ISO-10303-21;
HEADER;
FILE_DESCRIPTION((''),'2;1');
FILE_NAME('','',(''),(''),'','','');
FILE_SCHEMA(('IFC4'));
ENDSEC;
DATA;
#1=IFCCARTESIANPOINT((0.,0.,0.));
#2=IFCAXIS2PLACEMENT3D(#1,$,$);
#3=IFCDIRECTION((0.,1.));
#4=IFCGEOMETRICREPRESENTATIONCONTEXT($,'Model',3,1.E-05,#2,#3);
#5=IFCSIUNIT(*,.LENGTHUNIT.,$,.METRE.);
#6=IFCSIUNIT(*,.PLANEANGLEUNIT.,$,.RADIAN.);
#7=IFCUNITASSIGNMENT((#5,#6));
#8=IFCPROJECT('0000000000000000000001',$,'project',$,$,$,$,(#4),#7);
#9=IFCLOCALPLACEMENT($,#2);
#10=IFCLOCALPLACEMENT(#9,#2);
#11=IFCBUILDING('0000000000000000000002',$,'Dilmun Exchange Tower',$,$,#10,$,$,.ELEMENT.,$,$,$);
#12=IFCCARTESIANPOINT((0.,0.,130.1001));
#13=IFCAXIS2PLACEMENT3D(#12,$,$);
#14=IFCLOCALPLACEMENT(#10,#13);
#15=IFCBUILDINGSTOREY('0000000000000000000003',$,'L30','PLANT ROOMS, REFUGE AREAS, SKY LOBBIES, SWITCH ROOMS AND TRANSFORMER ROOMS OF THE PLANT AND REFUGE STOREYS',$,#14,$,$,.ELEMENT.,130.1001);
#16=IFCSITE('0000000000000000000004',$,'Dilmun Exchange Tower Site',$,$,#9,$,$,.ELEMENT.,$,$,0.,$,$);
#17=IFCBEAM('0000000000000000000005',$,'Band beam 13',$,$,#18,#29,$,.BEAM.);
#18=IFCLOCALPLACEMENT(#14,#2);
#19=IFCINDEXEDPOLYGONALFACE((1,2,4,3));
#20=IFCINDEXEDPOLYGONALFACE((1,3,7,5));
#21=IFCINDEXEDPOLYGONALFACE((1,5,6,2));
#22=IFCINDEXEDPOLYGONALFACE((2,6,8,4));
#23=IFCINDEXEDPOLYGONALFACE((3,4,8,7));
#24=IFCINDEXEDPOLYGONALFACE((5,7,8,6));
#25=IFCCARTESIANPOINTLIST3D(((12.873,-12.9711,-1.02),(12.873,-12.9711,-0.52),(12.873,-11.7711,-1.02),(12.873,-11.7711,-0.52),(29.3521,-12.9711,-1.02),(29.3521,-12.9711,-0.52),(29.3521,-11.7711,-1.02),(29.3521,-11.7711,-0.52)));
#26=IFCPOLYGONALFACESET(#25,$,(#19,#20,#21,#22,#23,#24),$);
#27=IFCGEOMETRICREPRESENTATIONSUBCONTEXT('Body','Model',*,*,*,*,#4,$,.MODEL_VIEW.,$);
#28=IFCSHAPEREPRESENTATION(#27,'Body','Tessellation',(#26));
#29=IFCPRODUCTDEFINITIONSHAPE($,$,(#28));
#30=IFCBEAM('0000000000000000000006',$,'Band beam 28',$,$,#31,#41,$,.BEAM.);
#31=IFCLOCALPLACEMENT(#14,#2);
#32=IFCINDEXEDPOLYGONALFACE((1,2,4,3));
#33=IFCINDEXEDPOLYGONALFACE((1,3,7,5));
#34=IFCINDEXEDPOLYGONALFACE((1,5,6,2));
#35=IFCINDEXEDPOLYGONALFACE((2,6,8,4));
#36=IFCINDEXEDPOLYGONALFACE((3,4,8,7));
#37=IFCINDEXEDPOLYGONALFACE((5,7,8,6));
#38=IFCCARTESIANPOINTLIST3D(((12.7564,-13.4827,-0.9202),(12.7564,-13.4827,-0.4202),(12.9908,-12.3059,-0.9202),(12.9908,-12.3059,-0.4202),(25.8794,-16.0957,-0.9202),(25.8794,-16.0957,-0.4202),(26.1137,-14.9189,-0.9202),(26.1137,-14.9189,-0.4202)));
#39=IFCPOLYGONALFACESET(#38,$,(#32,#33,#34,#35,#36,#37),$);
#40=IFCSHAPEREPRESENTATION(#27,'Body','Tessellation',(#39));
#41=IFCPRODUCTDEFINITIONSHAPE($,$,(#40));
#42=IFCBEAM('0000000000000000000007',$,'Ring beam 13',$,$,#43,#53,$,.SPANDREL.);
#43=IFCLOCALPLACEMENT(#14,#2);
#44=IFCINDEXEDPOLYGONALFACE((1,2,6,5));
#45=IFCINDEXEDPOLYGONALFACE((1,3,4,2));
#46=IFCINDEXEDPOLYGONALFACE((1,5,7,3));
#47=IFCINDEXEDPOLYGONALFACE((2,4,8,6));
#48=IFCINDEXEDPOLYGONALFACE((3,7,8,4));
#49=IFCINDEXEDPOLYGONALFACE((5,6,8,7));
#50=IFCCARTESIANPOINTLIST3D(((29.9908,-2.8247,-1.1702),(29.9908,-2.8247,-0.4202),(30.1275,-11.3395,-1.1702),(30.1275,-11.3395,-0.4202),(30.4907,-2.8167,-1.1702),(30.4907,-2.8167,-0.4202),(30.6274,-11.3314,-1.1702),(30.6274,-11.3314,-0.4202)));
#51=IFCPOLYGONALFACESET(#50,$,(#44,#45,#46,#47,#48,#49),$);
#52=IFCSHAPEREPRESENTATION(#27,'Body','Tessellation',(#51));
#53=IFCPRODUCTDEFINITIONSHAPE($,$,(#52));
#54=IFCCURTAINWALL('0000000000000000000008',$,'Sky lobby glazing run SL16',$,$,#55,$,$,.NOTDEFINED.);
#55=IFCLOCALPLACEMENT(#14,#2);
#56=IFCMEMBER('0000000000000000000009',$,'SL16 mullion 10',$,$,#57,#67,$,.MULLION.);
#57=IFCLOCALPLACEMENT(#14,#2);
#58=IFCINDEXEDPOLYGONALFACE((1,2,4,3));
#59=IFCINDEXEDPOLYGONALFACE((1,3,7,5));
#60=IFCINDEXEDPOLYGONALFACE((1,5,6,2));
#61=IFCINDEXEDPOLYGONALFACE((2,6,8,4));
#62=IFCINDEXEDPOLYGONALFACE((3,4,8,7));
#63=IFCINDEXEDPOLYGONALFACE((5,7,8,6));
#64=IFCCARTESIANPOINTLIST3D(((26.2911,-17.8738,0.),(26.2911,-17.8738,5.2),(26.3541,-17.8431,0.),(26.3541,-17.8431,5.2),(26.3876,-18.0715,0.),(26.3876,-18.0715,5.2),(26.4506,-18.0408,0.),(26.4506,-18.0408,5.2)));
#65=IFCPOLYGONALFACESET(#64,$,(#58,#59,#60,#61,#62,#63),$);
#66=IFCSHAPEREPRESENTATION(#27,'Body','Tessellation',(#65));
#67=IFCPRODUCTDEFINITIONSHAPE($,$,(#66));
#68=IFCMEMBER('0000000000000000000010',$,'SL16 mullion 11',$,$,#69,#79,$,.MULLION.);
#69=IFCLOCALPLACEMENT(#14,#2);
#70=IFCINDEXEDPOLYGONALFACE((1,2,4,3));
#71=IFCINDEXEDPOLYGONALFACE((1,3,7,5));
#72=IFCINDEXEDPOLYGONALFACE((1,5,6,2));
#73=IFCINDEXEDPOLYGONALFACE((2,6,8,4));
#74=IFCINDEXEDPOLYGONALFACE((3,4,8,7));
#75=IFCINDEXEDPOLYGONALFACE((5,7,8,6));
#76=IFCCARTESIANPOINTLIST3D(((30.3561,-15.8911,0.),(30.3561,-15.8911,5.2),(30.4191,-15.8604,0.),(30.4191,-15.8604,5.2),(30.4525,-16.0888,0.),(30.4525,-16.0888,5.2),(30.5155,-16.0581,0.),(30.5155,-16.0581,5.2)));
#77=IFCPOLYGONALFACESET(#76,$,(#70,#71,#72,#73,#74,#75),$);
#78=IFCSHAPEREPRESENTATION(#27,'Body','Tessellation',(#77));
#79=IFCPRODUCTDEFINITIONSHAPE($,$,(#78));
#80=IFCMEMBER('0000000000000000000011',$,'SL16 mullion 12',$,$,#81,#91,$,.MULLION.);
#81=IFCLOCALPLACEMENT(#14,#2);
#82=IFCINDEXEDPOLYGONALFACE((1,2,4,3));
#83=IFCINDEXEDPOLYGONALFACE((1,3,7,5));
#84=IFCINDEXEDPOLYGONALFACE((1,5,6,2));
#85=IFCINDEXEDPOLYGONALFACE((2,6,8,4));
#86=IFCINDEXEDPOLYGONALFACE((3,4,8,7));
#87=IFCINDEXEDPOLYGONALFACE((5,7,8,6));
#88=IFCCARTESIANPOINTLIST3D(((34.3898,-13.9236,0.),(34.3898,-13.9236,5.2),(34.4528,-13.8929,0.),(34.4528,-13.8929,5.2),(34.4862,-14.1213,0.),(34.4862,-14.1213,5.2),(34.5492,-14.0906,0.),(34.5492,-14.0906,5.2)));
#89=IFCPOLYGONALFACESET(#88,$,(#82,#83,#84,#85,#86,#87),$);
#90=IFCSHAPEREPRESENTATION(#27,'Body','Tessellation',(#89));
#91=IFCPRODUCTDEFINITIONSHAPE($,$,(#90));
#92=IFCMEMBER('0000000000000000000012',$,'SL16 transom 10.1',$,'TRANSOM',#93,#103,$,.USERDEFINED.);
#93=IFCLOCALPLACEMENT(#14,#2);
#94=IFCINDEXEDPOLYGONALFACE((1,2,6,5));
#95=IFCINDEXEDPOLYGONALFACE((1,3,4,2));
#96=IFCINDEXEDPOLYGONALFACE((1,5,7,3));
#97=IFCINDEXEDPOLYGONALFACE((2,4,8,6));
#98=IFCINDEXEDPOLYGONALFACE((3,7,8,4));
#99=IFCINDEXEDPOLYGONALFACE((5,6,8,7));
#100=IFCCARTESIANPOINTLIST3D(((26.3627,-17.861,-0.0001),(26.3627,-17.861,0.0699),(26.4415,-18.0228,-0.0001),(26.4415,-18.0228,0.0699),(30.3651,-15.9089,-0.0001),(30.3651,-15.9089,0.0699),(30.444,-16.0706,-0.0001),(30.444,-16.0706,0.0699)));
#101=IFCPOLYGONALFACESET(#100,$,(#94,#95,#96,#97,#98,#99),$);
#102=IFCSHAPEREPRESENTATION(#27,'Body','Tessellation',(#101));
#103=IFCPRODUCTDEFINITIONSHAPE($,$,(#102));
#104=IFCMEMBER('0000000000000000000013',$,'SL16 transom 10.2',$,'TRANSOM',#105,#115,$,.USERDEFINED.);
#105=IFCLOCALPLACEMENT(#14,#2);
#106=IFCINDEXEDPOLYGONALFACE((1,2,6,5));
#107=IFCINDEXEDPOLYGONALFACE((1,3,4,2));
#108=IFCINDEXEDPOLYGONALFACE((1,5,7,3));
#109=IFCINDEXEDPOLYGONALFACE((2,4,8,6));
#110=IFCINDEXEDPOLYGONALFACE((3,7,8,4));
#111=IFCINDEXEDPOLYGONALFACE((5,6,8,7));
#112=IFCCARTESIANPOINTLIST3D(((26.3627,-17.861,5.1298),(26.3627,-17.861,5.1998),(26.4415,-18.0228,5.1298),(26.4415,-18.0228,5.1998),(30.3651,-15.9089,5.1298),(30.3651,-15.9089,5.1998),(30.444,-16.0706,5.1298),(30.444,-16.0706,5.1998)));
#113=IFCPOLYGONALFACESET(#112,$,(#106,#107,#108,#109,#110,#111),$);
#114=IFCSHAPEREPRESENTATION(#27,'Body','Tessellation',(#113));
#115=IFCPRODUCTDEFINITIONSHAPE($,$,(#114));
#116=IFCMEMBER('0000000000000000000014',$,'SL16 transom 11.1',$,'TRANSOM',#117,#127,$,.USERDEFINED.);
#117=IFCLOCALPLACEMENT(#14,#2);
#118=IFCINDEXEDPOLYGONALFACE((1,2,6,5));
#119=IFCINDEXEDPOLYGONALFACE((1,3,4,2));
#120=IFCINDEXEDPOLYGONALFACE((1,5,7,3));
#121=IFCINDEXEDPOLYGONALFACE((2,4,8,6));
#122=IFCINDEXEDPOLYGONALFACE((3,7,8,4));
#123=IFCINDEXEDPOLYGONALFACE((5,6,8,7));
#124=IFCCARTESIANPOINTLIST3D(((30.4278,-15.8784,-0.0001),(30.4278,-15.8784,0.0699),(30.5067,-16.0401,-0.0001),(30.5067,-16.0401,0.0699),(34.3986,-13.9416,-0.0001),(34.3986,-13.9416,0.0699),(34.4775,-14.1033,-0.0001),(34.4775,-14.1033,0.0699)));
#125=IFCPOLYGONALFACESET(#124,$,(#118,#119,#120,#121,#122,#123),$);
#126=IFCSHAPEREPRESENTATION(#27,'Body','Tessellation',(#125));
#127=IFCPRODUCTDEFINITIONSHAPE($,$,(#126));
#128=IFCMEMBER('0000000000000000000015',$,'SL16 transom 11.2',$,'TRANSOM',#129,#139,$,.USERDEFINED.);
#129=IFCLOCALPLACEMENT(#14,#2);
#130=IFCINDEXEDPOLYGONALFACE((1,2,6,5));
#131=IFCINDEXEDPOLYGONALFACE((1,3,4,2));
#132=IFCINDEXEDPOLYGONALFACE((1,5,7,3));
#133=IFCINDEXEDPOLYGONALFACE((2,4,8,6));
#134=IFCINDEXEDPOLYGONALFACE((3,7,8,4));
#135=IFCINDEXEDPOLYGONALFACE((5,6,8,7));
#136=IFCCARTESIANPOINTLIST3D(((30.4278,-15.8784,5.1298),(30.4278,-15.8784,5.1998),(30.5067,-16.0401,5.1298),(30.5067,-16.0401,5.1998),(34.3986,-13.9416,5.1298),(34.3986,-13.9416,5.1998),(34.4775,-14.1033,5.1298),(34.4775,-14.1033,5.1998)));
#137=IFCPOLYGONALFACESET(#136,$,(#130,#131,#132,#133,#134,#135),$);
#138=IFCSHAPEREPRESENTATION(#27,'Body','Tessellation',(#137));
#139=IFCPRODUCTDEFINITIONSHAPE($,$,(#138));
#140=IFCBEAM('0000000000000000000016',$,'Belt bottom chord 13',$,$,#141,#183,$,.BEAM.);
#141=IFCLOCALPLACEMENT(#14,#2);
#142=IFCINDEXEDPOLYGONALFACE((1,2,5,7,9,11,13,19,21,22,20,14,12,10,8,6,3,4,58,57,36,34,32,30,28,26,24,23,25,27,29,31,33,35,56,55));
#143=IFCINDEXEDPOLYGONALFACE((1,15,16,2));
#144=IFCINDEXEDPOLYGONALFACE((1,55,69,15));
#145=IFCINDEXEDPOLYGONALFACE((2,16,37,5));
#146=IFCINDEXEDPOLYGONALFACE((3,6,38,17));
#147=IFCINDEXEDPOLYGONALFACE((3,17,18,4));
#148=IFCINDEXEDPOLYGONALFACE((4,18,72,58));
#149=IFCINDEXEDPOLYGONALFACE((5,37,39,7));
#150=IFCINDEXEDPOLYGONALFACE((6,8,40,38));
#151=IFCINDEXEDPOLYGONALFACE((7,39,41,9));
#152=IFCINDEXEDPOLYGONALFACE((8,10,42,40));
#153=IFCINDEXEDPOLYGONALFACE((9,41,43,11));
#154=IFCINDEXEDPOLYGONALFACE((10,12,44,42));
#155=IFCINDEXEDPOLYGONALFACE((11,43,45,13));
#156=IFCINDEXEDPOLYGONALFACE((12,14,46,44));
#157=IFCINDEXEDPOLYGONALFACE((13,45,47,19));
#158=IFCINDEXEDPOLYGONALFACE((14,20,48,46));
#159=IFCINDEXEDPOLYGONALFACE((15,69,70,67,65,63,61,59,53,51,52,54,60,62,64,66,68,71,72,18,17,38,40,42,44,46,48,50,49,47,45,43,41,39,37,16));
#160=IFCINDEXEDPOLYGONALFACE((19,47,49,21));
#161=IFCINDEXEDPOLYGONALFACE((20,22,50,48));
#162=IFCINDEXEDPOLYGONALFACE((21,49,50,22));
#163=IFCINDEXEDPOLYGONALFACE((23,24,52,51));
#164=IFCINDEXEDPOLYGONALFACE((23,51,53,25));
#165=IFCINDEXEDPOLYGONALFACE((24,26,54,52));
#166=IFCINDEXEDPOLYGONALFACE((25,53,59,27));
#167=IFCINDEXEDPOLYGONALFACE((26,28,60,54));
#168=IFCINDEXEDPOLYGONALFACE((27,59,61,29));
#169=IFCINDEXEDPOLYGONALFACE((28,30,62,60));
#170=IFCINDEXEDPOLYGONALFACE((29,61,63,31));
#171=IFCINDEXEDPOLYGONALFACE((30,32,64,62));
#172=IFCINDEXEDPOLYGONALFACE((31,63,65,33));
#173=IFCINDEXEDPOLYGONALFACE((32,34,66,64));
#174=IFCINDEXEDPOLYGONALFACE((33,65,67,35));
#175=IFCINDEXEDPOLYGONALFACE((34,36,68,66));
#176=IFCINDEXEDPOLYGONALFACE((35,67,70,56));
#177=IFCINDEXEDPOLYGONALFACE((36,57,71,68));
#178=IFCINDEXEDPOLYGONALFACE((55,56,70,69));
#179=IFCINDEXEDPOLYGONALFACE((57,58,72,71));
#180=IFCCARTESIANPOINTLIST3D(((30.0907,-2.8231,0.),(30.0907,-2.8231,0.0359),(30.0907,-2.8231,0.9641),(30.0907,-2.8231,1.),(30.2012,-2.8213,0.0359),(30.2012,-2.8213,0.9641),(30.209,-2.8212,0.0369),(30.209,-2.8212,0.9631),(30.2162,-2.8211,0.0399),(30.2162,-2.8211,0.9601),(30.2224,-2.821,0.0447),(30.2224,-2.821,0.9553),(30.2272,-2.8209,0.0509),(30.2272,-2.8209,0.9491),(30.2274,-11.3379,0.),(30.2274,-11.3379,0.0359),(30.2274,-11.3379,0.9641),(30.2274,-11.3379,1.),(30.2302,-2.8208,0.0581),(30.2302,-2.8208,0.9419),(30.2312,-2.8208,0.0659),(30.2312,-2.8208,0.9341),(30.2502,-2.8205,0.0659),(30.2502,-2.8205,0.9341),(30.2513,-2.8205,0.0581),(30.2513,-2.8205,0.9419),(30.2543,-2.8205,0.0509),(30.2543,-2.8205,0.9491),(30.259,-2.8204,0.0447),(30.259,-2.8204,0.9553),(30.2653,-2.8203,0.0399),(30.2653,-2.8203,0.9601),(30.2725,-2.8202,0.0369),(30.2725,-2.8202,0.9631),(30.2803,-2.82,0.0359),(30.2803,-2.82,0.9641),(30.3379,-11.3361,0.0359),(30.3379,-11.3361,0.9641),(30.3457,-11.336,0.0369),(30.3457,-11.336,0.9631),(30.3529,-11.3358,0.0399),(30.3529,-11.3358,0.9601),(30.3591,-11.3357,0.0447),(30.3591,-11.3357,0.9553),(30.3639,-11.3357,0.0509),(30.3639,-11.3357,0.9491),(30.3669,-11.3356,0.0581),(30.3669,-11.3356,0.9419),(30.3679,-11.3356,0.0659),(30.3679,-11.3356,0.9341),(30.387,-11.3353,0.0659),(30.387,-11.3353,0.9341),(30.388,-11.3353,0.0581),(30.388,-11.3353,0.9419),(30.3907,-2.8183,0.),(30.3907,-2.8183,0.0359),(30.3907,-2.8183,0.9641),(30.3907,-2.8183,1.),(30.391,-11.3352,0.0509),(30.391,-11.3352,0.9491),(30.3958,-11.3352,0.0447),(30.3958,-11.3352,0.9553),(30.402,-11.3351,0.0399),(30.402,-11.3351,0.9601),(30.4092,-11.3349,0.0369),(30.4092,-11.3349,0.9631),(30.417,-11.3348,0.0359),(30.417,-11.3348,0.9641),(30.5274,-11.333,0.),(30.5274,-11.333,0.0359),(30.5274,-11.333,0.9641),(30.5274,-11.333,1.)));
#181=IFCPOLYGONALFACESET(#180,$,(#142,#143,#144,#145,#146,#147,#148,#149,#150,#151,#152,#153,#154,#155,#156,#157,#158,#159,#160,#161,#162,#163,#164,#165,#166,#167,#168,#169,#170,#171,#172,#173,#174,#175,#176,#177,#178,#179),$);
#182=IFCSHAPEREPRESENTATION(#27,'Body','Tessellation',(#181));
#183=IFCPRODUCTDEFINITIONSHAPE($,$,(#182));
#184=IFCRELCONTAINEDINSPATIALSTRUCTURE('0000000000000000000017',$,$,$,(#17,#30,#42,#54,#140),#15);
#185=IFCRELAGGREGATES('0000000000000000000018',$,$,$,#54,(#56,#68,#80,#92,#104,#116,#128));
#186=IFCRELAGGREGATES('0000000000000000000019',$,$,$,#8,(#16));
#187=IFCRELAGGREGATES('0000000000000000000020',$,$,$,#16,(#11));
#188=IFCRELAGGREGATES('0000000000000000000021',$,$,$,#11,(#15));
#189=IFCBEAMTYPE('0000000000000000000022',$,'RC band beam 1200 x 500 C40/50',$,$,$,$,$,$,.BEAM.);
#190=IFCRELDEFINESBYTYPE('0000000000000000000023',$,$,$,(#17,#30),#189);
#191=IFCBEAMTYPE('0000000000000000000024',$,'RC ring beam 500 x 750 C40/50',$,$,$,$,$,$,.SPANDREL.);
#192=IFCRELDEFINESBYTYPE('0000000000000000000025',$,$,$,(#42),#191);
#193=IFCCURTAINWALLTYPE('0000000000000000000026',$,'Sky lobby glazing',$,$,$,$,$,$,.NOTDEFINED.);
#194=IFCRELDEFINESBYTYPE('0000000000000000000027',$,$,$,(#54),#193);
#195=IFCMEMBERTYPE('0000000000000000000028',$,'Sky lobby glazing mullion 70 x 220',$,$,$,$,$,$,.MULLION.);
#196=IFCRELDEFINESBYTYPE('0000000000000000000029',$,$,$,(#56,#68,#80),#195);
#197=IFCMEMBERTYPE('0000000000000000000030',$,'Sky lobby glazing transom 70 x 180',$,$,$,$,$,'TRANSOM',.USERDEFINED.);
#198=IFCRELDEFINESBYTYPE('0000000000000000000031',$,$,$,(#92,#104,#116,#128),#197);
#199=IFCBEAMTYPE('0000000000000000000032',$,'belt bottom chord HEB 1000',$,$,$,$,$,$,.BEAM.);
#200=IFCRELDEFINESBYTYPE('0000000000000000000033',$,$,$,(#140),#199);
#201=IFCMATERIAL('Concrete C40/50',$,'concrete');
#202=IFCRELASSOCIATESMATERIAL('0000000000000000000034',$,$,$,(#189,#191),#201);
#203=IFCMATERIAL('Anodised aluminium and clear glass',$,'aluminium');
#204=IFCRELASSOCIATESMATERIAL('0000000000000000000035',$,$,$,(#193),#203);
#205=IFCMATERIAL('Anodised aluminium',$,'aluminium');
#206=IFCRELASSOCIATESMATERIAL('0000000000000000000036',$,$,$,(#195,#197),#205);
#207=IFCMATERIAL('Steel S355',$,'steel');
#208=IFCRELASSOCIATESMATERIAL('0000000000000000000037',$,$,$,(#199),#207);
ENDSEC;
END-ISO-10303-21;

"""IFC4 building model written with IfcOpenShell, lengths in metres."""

from ifc_helpers import new_model, si_unit, direction, frame, origin, origin_2d, place, context, subcontext, project, spatial, rectangle, i_section, extrude, material, material_profile, profile_set, type_object, element, aggregate, save


model = new_model("IFC4")

# Units and contexts
model_context = context("Model", 3, precision=1e-05, world=origin(), true_north=direction((0.0, 1.0)))
body_context = subcontext(model_context, "Body", "Model", "MODEL_VIEW")
ifc_project = project(units=[si_unit("LENGTHUNIT", "METRE"), si_unit("PLANEANGLEUNIT", "RADIAN")], contexts=[model_context])

# Site, building, storey
site_placement = place(None, origin())
site = spatial("IfcSite", under=ifc_project, at=site_placement, Name="Dilmun Exchange Tower Site", CompositionType="ELEMENT", RefElevation=0.0)
building_placement = place(site_placement, origin())
building = spatial("IfcBuilding", under=site, at=building_placement, Name="Dilmun Exchange Tower", CompositionType="ELEMENT")
storey_placement = place(building_placement, frame((0.0, 0.0, 130.1001)))
storey = spatial("IfcBuildingStorey", under=building, at=storey_placement, Name="L30", Description="PLANT ROOMS, REFUGE AREAS, SKY LOBBIES, SWITCH ROOMS AND TRANSFORMER ROOMS OF THE PLANT AND REFUGE STOREYS", CompositionType="ELEMENT", Elevation=130.1001)

# Beams
ifc_material_1 = material(Name="Concrete C40/50", Category="concrete")
ifc_material_profile_1 = material_profile(ifc_material_1, rectangle(XDim=1.2, YDim=0.5, at=origin_2d()), Name="1200 x 500")
ifc_profile_set_1 = profile_set([ifc_material_profile_1], Name="Concrete C40/50")
beam_type_1 = type_object("IfcBeamType", Name="RC band beam 1200 x 500 C40/50", PredefinedType="BEAM", material=ifc_profile_set_1)
beam_1_placement = place(storey_placement, frame((29.3521, -12.3711, -0.77), z_axis=(-1.0, 0.0, 0.0), x_axis=(0.0, -1.0, 0.0)))
element("IfcBeam", 1, at=beam_1_placement, inside=storey, type_object=beam_type_1, Name="Band beam 13", PredefinedType="BEAM", context=body_context, shape_type="SweptSolid", body=[
    extrude(rectangle(XDim=1.2, YDim=0.5, at=origin_2d()), origin(), (0.0, 0.0, 1.0), 16.479),
])
beam_2_placement = place(storey_placement, frame((25.9966, -15.5073, -0.6702), z_axis=(-0.980747, 0.195284, 0.0), x_axis=(-0.195284, -0.980747, 0.0)))
element("IfcBeam", 2, at=beam_2_placement, inside=storey, type_object=beam_type_1, Name="Band beam 28", PredefinedType="BEAM", context=body_context, shape_type="SweptSolid", body=[
    extrude(rectangle(XDim=1.2, YDim=0.5, at=origin_2d()), origin(), (0.0, 0.0, 1.0), 13.3806),
])
ifc_material_profile_2 = material_profile(ifc_material_1, rectangle(XDim=0.5, YDim=0.75, at=origin_2d()), Name="500 x 750")
ifc_profile_set_2 = profile_set([ifc_material_profile_2], Name="Concrete C40/50")
beam_type_2 = type_object("IfcBeamType", Name="RC ring beam 500 x 750 C40/50", PredefinedType="SPANDREL", material=ifc_profile_set_2)
beam_3_placement = place(storey_placement, frame((30.3774, -11.3354, -0.7952), z_axis=(-0.016054, 0.999871, 0.0), x_axis=(-0.999871, -0.016054, 0.0)))
element("IfcBeam", 3, at=beam_3_placement, inside=storey, type_object=beam_type_2, Name="Ring beam 13", PredefinedType="SPANDREL", context=body_context, shape_type="SweptSolid", body=[
    extrude(rectangle(XDim=0.5, YDim=0.75, at=origin_2d()), origin(), (0.0, 0.0, 1.0), 8.5159),
])

# Curtain wall, members
ifc_material_2 = material(Name="Anodised aluminium and clear glass", Category="aluminium")
curtain_wall_type = type_object("IfcCurtainWallType", Name="Sky lobby glazing", PredefinedType="NOTDEFINED", material=ifc_material_2)
curtain_wall_placement = place(storey_placement, origin())
curtain_wall = element("IfcCurtainWall", 4, at=curtain_wall_placement, inside=storey, type_object=curtain_wall_type, Name="Sky lobby glazing run SL16", PredefinedType="NOTDEFINED")
ifc_material_3 = material(Name="Anodised aluminium", Category="aluminium")
ifc_material_profile_3 = material_profile(ifc_material_3, rectangle(XDim=0.22, YDim=0.0701, at=origin_2d()), Name="AL 70x220")
ifc_profile_set_3 = profile_set([ifc_material_profile_3], Name="Anodised aluminium")
member_type_1 = type_object("IfcMemberType", Name="Sky lobby glazing mullion 70 x 220", PredefinedType="MULLION", material=ifc_profile_set_3)
member_1_placement = place(storey_placement, frame((26.3708, -17.9573, 0.0), z_axis=(0.0, 0.0, 1.0), x_axis=(-0.438371, 0.898794, 0.0)))
member_1 = element("IfcMember", 5, at=member_1_placement, type_object=member_type_1, Name="SL16 mullion 10", PredefinedType="MULLION", context=body_context, shape_type="SweptSolid", body=[
    extrude(rectangle(XDim=0.22, YDim=0.0701, at=origin_2d()), origin(), (0.0, 0.0, 1.0), 5.2),
])
member_2_placement = place(storey_placement, frame((30.4358, -15.9746, 0.0), z_axis=(0.0, 0.0, 1.0), x_axis=(-0.438371, 0.898794, 0.0)))
member_2 = element("IfcMember", 6, at=member_2_placement, type_object=member_type_1, Name="SL16 mullion 11", PredefinedType="MULLION", context=body_context, shape_type="SweptSolid", body=[
    extrude(rectangle(XDim=0.22, YDim=0.0701, at=origin_2d()), origin(), (0.0, 0.0, 1.0), 5.2),
])
member_3_placement = place(storey_placement, frame((34.4695, -14.0071, 0.0), z_axis=(0.0, 0.0, 1.0), x_axis=(-0.438371, 0.898794, 0.0)))
member_3 = element("IfcMember", 7, at=member_3_placement, type_object=member_type_1, Name="SL16 mullion 12", PredefinedType="MULLION", context=body_context, shape_type="SweptSolid", body=[
    extrude(rectangle(XDim=0.22, YDim=0.0701, at=origin_2d()), origin(), (0.0, 0.0, 1.0), 5.2),
])
ifc_material_profile_4 = material_profile(ifc_material_3, rectangle(XDim=0.1799, YDim=0.0701, at=origin_2d()), Name="AL 70x180")
ifc_profile_set_4 = profile_set([ifc_material_profile_4], Name="Anodised aluminium")
member_type_2 = type_object("IfcMemberType", Name="Sky lobby glazing transom 70 x 180", ElementType="TRANSOM", PredefinedType="USERDEFINED", material=ifc_profile_set_4)
member_4_placement = place(storey_placement, frame((26.4021, -17.9419, 0.0349), z_axis=(0.898792, 0.438376, 0.0), x_axis=(-0.438376, 0.898792, 0.0)))
member_4 = element("IfcMember", 8, at=member_4_placement, type_object=member_type_2, Name="SL16 transom 10.1", ObjectType="TRANSOM", PredefinedType="USERDEFINED", context=body_context, shape_type="SweptSolid", body=[
    extrude(rectangle(XDim=0.1799, YDim=0.0701, at=origin_2d()), origin(), (0.0, 0.0, 1.0), 4.4531),
])
member_5_placement = place(storey_placement, frame((26.4021, -17.9419, 5.1648), z_axis=(0.898792, 0.438376, 0.0), x_axis=(-0.438376, 0.898792, 0.0)))
member_5 = element("IfcMember", 9, at=member_5_placement, type_object=member_type_2, Name="SL16 transom 10.2", ObjectType="TRANSOM", PredefinedType="USERDEFINED", context=body_context, shape_type="SweptSolid", body=[
    extrude(rectangle(XDim=0.1799, YDim=0.0701, at=origin_2d()), origin(), (0.0, 0.0, 1.0), 4.4531),
])
member_6_placement = place(storey_placement, frame((30.4673, -15.9592, 0.0349), z_axis=(0.898783, 0.438394, 0.0), x_axis=(-0.438394, 0.898783, 0.0)))
member_6 = element("IfcMember", 10, at=member_6_placement, type_object=member_type_2, Name="SL16 transom 11.1", ObjectType="TRANSOM", PredefinedType="USERDEFINED", context=body_context, shape_type="SweptSolid", body=[
    extrude(rectangle(XDim=0.1799, YDim=0.0701, at=origin_2d()), origin(), (0.0, 0.0, 1.0), 4.418),
])
member_7_placement = place(storey_placement, frame((30.4673, -15.9592, 5.1648), z_axis=(0.898783, 0.438394, 0.0), x_axis=(-0.438394, 0.898783, 0.0)))
member_7 = element("IfcMember", 11, at=member_7_placement, type_object=member_type_2, Name="SL16 transom 11.2", ObjectType="TRANSOM", PredefinedType="USERDEFINED", context=body_context, shape_type="SweptSolid", body=[
    extrude(rectangle(XDim=0.1799, YDim=0.0701, at=origin_2d()), origin(), (0.0, 0.0, 1.0), 4.418),
])

# Beam
ifc_material_4 = material(Name="Steel S355", Category="steel")
ifc_material_profile_5 = material_profile(ifc_material_4, i_section(OverallWidth=0.3, OverallDepth=1.0, WebThickness=0.019, FlangeThickness=0.0359, FilletRadius=0.03, at=origin_2d()), Name="HEB 1000")
ifc_profile_set_5 = profile_set([ifc_material_profile_5], Name="Steel S355")
beam_type_3 = type_object("IfcBeamType", Name="belt bottom chord HEB 1000", PredefinedType="BEAM", material=ifc_profile_set_5)
beam_4_placement = place(storey_placement, frame((30.3774, -11.3354, 0.5), z_axis=(-0.016054, 0.999871, 0.0), x_axis=(-0.999871, -0.016054, 0.0)))
element("IfcBeam", 12, at=beam_4_placement, inside=storey, type_object=beam_type_3, Name="Belt bottom chord 13", PredefinedType="BEAM", context=body_context, shape_type="SweptSolid", body=[
    extrude(i_section(OverallWidth=0.3, OverallDepth=1.0, WebThickness=0.019, FlangeThickness=0.0359, FilletRadius=0.03, at=origin_2d()), origin(), (0.0, 0.0, 1.0), 8.5159),
])

aggregate(curtain_wall, [member_1, member_2, member_3, member_4, member_5, member_6, member_7])

save(model, "model.ifc")
